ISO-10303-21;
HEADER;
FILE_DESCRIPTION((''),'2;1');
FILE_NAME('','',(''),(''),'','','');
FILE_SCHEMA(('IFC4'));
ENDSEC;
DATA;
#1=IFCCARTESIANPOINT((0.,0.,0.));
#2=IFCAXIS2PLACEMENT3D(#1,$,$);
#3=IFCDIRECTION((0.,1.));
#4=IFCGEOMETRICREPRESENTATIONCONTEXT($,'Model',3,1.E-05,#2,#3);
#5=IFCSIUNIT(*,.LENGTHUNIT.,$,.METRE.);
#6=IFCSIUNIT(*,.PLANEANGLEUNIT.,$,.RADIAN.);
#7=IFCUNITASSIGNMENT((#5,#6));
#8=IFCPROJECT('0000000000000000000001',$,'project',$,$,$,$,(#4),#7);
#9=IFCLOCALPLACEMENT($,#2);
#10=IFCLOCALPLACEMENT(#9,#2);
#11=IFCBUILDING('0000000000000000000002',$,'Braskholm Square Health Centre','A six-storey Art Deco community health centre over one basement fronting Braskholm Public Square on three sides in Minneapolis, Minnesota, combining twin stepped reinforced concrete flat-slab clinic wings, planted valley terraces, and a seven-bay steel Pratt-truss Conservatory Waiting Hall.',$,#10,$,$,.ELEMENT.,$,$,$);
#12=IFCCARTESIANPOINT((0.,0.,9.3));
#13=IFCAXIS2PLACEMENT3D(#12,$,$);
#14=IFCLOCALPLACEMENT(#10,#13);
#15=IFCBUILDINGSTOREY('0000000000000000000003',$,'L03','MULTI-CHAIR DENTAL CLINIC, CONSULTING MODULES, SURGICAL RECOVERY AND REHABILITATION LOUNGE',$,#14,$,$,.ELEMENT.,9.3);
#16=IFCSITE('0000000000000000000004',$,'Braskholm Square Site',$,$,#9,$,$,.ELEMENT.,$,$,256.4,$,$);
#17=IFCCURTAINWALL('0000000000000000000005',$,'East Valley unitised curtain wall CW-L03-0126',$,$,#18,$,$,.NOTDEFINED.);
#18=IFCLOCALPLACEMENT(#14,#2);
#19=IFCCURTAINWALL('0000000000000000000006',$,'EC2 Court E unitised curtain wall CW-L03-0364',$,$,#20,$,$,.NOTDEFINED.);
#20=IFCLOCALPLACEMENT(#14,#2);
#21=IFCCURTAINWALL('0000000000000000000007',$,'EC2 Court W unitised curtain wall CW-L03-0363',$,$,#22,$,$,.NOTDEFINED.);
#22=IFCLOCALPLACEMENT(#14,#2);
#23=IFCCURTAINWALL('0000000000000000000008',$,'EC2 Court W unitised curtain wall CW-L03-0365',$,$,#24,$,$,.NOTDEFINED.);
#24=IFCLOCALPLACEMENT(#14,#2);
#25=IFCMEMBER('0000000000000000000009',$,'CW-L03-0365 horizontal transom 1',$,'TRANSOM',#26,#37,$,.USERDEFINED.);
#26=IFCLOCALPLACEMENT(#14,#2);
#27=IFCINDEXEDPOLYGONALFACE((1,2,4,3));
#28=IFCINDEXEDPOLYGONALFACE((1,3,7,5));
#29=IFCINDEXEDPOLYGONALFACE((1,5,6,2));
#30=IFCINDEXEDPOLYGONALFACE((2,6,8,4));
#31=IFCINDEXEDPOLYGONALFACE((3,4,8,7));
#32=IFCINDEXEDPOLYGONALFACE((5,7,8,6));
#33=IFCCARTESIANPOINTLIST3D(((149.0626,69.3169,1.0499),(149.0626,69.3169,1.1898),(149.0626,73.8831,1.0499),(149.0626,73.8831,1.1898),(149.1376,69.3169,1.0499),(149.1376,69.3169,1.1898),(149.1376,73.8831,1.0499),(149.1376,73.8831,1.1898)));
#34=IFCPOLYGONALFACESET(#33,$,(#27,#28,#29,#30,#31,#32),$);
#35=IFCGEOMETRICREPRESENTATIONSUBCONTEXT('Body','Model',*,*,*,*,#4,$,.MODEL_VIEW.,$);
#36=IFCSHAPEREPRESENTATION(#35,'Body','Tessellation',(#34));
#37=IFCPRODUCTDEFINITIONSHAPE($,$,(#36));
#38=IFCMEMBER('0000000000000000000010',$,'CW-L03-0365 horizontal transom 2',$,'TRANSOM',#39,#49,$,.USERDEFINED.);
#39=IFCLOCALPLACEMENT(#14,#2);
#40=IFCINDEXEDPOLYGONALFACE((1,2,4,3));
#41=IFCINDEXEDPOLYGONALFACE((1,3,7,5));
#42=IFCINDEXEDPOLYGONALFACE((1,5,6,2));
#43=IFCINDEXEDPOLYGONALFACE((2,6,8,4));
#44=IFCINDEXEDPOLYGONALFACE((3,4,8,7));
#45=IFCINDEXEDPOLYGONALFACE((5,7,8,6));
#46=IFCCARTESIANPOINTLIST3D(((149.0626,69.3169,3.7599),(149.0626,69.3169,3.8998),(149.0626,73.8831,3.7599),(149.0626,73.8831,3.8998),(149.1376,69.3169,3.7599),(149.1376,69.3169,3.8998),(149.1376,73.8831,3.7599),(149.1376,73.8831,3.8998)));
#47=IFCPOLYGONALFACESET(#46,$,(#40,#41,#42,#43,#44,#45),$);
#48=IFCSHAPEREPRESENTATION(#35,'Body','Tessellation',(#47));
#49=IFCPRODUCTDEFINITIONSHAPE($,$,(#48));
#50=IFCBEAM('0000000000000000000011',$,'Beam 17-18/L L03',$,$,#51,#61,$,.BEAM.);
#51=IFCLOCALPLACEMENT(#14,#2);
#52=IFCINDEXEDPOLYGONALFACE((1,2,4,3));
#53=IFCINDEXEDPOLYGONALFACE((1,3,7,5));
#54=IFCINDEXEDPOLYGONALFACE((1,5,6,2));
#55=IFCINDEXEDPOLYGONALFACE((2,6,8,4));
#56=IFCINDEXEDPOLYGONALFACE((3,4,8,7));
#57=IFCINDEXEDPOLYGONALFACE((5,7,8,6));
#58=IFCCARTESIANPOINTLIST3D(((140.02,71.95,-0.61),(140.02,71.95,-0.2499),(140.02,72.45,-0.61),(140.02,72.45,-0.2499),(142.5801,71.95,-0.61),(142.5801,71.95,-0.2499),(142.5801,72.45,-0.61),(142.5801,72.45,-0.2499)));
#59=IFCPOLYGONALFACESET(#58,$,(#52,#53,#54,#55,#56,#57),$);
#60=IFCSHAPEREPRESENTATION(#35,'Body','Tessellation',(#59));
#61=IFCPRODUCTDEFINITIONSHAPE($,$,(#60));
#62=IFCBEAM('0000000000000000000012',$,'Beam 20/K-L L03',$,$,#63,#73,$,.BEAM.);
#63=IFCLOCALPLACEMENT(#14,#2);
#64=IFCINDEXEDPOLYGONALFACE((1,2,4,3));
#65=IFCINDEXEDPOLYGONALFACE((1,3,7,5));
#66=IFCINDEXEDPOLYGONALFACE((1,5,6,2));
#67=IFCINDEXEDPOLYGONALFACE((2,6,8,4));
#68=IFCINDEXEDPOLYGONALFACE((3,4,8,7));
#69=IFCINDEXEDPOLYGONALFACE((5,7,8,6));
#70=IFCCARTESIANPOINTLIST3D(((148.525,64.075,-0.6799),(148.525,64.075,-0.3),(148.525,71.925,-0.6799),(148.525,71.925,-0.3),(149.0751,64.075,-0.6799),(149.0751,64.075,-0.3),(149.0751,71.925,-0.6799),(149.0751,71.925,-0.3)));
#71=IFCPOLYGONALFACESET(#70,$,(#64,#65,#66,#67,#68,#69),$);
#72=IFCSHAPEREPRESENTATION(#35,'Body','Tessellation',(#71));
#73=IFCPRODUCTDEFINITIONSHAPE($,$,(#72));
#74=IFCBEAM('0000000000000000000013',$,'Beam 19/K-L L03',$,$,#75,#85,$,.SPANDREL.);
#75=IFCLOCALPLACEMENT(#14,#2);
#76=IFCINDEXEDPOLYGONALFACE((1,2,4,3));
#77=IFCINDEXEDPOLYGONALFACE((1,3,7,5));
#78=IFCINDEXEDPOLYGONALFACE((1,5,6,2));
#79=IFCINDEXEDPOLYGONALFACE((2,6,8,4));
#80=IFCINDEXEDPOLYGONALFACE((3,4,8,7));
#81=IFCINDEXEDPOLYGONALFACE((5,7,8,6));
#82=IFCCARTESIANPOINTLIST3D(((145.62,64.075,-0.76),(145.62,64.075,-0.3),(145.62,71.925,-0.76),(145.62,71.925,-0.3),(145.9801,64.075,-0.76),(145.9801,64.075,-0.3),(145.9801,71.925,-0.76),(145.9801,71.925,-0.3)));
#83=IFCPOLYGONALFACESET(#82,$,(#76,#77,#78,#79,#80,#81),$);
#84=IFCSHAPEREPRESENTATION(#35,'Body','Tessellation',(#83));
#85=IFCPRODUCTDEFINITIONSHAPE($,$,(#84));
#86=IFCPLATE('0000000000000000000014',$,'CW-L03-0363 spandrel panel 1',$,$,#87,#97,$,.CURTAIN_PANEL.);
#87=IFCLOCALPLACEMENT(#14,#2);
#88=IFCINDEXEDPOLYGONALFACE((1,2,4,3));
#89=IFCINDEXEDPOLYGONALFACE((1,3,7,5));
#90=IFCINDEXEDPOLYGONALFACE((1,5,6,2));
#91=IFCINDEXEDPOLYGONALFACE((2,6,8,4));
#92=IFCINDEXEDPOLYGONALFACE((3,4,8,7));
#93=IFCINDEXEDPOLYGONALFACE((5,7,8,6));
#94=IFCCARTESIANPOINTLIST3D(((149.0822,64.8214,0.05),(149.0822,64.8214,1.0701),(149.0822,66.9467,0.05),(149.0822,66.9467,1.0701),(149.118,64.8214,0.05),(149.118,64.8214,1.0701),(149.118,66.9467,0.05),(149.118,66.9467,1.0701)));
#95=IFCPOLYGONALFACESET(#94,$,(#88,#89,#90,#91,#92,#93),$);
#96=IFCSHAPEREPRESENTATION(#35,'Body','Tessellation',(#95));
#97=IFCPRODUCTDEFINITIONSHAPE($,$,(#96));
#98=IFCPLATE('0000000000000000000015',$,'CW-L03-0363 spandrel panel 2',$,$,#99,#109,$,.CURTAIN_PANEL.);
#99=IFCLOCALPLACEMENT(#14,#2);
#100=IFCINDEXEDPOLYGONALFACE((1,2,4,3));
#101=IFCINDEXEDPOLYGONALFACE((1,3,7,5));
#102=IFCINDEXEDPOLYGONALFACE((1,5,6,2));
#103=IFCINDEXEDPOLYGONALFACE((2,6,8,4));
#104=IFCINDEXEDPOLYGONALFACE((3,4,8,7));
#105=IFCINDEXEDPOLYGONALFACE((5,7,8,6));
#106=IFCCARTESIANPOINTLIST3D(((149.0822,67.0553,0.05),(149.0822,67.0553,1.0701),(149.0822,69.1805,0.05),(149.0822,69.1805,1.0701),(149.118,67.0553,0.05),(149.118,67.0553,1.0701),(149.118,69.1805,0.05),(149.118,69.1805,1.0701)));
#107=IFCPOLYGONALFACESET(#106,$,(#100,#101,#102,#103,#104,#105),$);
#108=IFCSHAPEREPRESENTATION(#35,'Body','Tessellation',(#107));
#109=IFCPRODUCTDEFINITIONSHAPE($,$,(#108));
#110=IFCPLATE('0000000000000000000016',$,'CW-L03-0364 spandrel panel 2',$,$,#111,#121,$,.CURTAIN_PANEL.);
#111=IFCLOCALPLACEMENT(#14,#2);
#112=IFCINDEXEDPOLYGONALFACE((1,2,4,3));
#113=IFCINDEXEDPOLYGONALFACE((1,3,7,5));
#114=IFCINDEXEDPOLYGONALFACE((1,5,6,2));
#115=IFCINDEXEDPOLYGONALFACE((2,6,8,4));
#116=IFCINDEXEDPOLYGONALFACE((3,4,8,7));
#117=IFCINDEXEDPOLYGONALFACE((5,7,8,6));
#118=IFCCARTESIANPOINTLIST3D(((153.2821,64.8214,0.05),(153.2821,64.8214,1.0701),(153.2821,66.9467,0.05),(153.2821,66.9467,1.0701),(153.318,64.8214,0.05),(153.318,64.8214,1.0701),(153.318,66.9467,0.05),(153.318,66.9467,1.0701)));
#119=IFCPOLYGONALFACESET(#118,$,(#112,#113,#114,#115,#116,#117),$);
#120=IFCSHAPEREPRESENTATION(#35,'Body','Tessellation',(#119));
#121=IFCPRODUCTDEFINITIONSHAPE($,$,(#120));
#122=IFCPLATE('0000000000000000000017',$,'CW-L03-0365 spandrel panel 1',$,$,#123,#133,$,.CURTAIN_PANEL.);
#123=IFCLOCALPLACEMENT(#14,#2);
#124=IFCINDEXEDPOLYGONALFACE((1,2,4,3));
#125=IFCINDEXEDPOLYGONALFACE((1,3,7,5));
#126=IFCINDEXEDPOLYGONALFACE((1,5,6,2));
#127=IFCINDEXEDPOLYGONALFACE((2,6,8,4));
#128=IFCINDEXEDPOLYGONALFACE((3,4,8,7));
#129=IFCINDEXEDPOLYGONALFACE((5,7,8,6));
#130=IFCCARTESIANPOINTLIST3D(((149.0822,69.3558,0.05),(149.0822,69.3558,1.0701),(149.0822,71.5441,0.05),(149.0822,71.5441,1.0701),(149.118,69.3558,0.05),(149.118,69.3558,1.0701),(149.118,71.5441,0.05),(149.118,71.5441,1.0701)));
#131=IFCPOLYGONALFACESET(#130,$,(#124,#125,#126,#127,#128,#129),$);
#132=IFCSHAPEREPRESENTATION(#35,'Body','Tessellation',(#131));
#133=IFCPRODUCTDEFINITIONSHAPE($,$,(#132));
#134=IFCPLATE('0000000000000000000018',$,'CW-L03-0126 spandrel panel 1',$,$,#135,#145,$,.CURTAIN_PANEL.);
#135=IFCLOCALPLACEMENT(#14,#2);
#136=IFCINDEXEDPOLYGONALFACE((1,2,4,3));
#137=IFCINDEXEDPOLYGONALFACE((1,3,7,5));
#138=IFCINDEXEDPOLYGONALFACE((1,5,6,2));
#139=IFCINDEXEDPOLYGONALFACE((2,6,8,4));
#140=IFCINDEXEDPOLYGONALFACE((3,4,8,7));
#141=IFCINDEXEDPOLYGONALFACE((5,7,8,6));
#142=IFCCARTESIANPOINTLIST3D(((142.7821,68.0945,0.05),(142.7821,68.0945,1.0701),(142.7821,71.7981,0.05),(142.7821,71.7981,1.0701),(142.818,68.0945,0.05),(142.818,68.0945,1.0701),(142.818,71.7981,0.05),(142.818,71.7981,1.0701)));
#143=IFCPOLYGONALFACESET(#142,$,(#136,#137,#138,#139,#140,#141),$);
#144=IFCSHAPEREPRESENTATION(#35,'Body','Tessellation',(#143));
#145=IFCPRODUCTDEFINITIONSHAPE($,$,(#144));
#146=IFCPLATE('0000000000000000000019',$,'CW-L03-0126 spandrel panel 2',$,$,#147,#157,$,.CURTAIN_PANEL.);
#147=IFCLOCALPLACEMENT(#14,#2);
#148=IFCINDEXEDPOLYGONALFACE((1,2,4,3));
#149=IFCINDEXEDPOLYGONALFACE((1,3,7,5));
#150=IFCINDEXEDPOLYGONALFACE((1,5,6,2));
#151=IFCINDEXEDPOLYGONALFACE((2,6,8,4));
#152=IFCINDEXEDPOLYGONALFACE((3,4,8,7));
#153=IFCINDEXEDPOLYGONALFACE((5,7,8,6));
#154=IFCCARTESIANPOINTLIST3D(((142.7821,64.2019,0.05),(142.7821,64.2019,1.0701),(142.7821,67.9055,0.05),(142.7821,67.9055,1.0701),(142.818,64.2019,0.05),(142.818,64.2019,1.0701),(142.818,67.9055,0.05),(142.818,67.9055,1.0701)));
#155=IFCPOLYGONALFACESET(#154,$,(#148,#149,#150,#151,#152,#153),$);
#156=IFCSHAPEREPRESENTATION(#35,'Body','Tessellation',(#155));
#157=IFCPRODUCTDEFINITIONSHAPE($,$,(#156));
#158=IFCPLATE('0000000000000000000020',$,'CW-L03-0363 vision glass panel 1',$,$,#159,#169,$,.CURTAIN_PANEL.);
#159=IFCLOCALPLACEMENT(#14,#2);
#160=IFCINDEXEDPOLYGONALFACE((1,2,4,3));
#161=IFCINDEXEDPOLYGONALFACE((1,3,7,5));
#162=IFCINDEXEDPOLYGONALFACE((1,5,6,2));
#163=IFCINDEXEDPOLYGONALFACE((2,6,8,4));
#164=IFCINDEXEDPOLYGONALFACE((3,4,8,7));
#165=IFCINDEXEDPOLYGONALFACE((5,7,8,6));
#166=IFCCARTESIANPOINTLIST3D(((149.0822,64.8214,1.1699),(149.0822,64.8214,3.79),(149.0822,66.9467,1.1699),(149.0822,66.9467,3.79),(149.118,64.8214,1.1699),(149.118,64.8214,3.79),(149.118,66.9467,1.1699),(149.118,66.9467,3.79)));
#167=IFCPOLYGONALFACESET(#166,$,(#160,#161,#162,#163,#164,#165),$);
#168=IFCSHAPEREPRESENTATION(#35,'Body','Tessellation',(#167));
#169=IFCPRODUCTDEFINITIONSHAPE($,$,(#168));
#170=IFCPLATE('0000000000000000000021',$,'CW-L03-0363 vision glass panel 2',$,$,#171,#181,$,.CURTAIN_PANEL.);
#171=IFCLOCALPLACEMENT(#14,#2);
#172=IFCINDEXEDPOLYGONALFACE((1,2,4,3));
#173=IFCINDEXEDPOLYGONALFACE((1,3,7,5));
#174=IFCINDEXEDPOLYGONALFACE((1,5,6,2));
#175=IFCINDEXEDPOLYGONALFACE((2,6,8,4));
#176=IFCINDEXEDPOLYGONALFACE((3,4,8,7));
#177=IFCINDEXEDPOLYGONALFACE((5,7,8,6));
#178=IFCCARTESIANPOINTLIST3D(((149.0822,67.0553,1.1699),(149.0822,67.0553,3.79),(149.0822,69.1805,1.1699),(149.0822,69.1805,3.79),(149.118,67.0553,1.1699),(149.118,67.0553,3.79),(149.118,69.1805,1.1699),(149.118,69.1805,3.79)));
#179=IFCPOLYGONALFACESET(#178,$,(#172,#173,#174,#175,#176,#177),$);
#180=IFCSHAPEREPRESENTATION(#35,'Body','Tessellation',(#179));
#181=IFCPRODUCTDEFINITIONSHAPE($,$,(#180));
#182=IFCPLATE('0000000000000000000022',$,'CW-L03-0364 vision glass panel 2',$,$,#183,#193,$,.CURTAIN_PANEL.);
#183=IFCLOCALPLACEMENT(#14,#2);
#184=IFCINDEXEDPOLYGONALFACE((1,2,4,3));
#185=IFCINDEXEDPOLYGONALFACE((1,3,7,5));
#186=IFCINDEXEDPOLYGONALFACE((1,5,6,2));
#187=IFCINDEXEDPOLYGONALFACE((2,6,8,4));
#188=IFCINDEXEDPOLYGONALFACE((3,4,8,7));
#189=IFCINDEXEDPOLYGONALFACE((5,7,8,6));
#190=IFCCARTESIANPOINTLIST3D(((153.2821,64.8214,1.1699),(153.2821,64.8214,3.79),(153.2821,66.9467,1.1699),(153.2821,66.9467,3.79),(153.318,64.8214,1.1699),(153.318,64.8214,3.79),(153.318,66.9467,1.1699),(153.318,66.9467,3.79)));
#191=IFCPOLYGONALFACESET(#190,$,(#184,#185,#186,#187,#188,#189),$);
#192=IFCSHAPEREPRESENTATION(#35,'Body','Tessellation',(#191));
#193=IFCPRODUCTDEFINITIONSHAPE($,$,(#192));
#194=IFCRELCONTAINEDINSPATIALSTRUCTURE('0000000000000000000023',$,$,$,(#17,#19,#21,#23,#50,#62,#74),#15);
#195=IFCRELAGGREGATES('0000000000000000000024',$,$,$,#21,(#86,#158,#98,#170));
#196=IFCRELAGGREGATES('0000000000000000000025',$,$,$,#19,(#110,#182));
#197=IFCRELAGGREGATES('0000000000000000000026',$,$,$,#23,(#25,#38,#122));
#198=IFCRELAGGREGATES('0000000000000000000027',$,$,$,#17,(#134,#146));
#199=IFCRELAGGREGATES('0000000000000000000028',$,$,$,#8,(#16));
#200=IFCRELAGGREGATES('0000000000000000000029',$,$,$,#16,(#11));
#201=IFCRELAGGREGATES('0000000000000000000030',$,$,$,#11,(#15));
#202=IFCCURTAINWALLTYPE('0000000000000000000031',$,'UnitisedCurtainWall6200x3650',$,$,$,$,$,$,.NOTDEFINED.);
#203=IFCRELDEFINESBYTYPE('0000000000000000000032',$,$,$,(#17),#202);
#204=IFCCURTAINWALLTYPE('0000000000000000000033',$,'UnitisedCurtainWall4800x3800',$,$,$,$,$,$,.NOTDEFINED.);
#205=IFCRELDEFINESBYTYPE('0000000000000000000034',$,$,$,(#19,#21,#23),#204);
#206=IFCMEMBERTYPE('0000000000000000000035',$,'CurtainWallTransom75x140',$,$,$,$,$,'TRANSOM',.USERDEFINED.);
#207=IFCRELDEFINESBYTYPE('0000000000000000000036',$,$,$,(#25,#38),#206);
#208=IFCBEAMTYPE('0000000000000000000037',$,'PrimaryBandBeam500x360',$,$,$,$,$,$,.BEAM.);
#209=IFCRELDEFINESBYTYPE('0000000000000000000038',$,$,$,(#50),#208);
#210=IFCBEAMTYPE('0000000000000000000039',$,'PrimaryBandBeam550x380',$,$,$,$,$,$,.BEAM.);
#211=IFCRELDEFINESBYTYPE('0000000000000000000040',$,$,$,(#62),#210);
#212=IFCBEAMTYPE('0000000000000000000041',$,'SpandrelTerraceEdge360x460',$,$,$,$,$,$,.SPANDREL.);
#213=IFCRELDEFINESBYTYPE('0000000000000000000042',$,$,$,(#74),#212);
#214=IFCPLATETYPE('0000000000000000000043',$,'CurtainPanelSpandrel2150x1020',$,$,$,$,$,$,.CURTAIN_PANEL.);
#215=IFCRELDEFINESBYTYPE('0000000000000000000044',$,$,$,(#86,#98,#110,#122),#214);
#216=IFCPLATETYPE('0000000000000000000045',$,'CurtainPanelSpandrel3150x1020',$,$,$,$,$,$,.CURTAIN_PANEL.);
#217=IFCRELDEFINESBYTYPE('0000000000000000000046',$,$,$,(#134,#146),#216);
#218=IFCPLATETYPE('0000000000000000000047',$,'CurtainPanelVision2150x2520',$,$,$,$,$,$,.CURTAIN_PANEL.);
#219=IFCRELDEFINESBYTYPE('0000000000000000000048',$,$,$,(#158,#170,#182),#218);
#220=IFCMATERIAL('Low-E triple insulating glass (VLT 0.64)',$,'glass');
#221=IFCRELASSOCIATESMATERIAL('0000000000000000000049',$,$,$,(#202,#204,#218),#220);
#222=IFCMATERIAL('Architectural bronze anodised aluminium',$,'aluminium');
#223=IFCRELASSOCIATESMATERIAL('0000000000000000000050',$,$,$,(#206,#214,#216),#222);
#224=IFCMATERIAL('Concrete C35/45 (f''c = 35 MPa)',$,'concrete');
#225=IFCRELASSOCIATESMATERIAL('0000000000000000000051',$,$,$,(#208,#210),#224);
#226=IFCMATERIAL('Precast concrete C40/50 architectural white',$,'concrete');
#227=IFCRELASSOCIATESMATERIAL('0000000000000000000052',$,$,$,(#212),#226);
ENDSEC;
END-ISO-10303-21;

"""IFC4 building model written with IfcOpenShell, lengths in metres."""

from ifc_helpers import new_model, si_unit, direction, frame, origin, origin_2d, place, context, subcontext, project, spatial, rectangle, extrude, material, material_profile, profile_set, type_object, element, aggregate, save


model = new_model("IFC4")

# Units and contexts
model_context = context("Model", 3, precision=1e-05, world=origin(), true_north=direction((0.0, 1.0)))
body_context = subcontext(model_context, "Body", "Model", "MODEL_VIEW")
ifc_project = project(units=[si_unit("LENGTHUNIT", "METRE"), si_unit("PLANEANGLEUNIT", "RADIAN")], contexts=[model_context])

# Site, building, storey
site_placement = place(None, origin())
site = spatial("IfcSite", under=ifc_project, at=site_placement, Name="Braskholm Square Site", CompositionType="ELEMENT", RefElevation=256.4)
building_placement = place(site_placement, origin())
building = spatial("IfcBuilding", under=site, at=building_placement, Name="Braskholm Square Health Centre", Description="A six-storey Art Deco community health centre over one basement fronting Braskholm Public Square on three sides in Minneapolis, Minnesota, combining twin stepped reinforced concrete flat-slab clinic wings, planted valley terraces, and a seven-bay steel Pratt-truss Conservatory Waiting Hall.", CompositionType="ELEMENT")
storey_placement = place(building_placement, frame((0.0, 0.0, 9.3)))
storey = spatial("IfcBuildingStorey", under=building, at=storey_placement, Name="L03", Description="MULTI-CHAIR DENTAL CLINIC, CONSULTING MODULES, SURGICAL RECOVERY AND REHABILITATION LOUNGE", CompositionType="ELEMENT", Elevation=9.3)

# Curtain walls
ifc_material_1 = material(Name="Low-E triple insulating glass (VLT 0.64)", Category="glass")
curtain_wall_type_1 = type_object("IfcCurtainWallType", Name="UnitisedCurtainWall6200x3650", PredefinedType="NOTDEFINED", material=ifc_material_1)
curtain_wall_1_placement = place(storey_placement, origin())
curtain_wall_1 = element("IfcCurtainWall", 1, at=curtain_wall_1_placement, inside=storey, type_object=curtain_wall_type_1, Name="East Valley unitised curtain wall CW-L03-0126", PredefinedType="NOTDEFINED")
ifc_material_2 = material(Name="Architectural bronze anodised aluminium", Category="aluminium")
curtain_wall_type_2 = type_object("IfcCurtainWallType", Name="UnitisedCurtainWall4800x3800", PredefinedType="NOTDEFINED", material=ifc_material_1)
curtain_wall_2_placement = place(storey_placement, origin())
curtain_wall_2 = element("IfcCurtainWall", 2, at=curtain_wall_2_placement, inside=storey, type_object=curtain_wall_type_2, Name="EC2 Court E unitised curtain wall CW-L03-0364", PredefinedType="NOTDEFINED")
curtain_wall_3_placement = place(storey_placement, origin())
curtain_wall_3 = element("IfcCurtainWall", 3, at=curtain_wall_3_placement, inside=storey, type_object=curtain_wall_type_2, Name="EC2 Court W unitised curtain wall CW-L03-0363", PredefinedType="NOTDEFINED")
curtain_wall_4_placement = place(storey_placement, origin())
curtain_wall_4 = element("IfcCurtainWall", 4, at=curtain_wall_4_placement, inside=storey, type_object=curtain_wall_type_2, Name="EC2 Court W unitised curtain wall CW-L03-0365", PredefinedType="NOTDEFINED")

# Members
ifc_material_profile_1 = material_profile(ifc_material_2, rectangle(XDim=0.075, YDim=0.1399, at=origin_2d()), Name="ALU-75X140")
ifc_profile_set_1 = profile_set([ifc_material_profile_1], Name="Architectural bronze anodised aluminium")
member_type_1 = type_object("IfcMemberType", Name="CurtainWallTransom75x140", ElementType="TRANSOM", PredefinedType="USERDEFINED", material=ifc_profile_set_1)
member_1_placement = place(storey_placement, frame((149.1001, 69.3169, 1.1199), z_axis=(0.0, 1.0, 0.0), x_axis=(-1.0, 0.0, 0.0)))
member_1 = element("IfcMember", 5, at=member_1_placement, type_object=member_type_1, Name="CW-L03-0365 horizontal transom 1", ObjectType="TRANSOM", PredefinedType="USERDEFINED", context=body_context, shape_type="SweptSolid", body=[
    extrude(rectangle(XDim=0.075, YDim=0.1399, at=origin_2d()), origin(), (0.0, 0.0, 1.0), 4.5662),
])
member_2_placement = place(storey_placement, frame((149.1001, 69.3169, 3.8298), z_axis=(0.0, 1.0, 0.0), x_axis=(-1.0, 0.0, 0.0)))
member_2 = element("IfcMember", 6, at=member_2_placement, type_object=member_type_1, Name="CW-L03-0365 horizontal transom 2", ObjectType="TRANSOM", PredefinedType="USERDEFINED", context=body_context, shape_type="SweptSolid", body=[
    extrude(rectangle(XDim=0.075, YDim=0.1399, at=origin_2d()), origin(), (0.0, 0.0, 1.0), 4.5662),
])

# Beams
ifc_material_3 = material(Name="Concrete C35/45 (f'c = 35 MPa)", Category="concrete")
ifc_material_profile_2 = material_profile(ifc_material_3, rectangle(XDim=0.5, YDim=0.3601, at=origin_2d()), Name="RCB-500X360")
ifc_profile_set_2 = profile_set([ifc_material_profile_2], Name="Concrete C35/45 (f'c = 35 MPa)")
beam_type_1 = type_object("IfcBeamType", Name="PrimaryBandBeam500x360", PredefinedType="BEAM", material=ifc_profile_set_2)
beam_1_placement = place(storey_placement, frame((140.02, 72.2, -0.4299), z_axis=(1.0, 0.0, 0.0), x_axis=(0.0, 1.0, 0.0)))
element("IfcBeam", 7, at=beam_1_placement, inside=storey, type_object=beam_type_1, Name="Beam 17-18/L L03", PredefinedType="BEAM", context=body_context, shape_type="SweptSolid", body=[
    extrude(rectangle(XDim=0.5, YDim=0.3601, at=origin_2d()), origin(), (0.0, 0.0, 1.0), 2.5601),
])
ifc_material_profile_3 = material_profile(ifc_material_3, rectangle(XDim=0.55, YDim=0.3799, at=origin_2d()), Name="RCB-550X380")
ifc_profile_set_3 = profile_set([ifc_material_profile_3], Name="Concrete C35/45 (f'c = 35 MPa)")
beam_type_2 = type_object("IfcBeamType", Name="PrimaryBandBeam550x380", PredefinedType="BEAM", material=ifc_profile_set_3)
beam_2_placement = place(storey_placement, frame((148.8, 64.075, -0.49), z_axis=(0.0, 1.0, 0.0), x_axis=(-1.0, 0.0, 0.0)))
element("IfcBeam", 8, at=beam_2_placement, inside=storey, type_object=beam_type_2, Name="Beam 20/K-L L03", PredefinedType="BEAM", context=body_context, shape_type="SweptSolid", body=[
    extrude(rectangle(XDim=0.55, YDim=0.3799, at=origin_2d()), origin(), (0.0, 0.0, 1.0), 7.8501),
])
ifc_material_4 = material(Name="Precast concrete C40/50 architectural white", Category="concrete")
ifc_material_profile_4 = material_profile(ifc_material_4, rectangle(XDim=0.3601, YDim=0.46, at=origin_2d()), Name="RCB-360X460")
ifc_profile_set_4 = profile_set([ifc_material_profile_4], Name="Precast concrete C40/50 architectural white")
beam_type_3 = type_object("IfcBeamType", Name="SpandrelTerraceEdge360x460", PredefinedType="SPANDREL", material=ifc_profile_set_4)
beam_3_placement = place(storey_placement, frame((145.8, 64.075, -0.53), z_axis=(0.0, 1.0, 0.0), x_axis=(-1.0, 0.0, 0.0)))
element("IfcBeam", 9, at=beam_3_placement, inside=storey, type_object=beam_type_3, Name="Beam 19/K-L L03", PredefinedType="SPANDREL", context=body_context, shape_type="SweptSolid", body=[
    extrude(rectangle(XDim=0.3601, YDim=0.46, at=origin_2d()), origin(), (0.0, 0.0, 1.0), 7.8501),
])

# Plates
plate_type_1 = type_object("IfcPlateType", Name="CurtainPanelSpandrel2150x1020", PredefinedType="CURTAIN_PANEL", material=ifc_material_2)
plate_1_placement = place(storey_placement, frame((149.1001, 65.884, 0.05), z_axis=(0.0, 0.0, 1.0), x_axis=(0.0, 1.0, 0.0)))
plate_1 = element("IfcPlate", 10, at=plate_1_placement, type_object=plate_type_1, Name="CW-L03-0363 spandrel panel 1", PredefinedType="CURTAIN_PANEL", context=body_context, shape_type="SweptSolid", body=[
    extrude(rectangle(XDim=2.1252, YDim=0.0359, at=origin_2d()), origin(), (0.0, 0.0, 1.0), 1.02),
])
plate_2_placement = place(storey_placement, frame((149.1001, 68.1179, 0.05), z_axis=(0.0, 0.0, 1.0), x_axis=(0.0, 1.0, 0.0)))
plate_2 = element("IfcPlate", 11, at=plate_2_placement, type_object=plate_type_1, Name="CW-L03-0363 spandrel panel 2", PredefinedType="CURTAIN_PANEL", context=body_context, shape_type="SweptSolid", body=[
    extrude(rectangle(XDim=2.1252, YDim=0.0359, at=origin_2d()), origin(), (0.0, 0.0, 1.0), 1.02),
])
plate_3_placement = place(storey_placement, frame((153.3, 65.884, 0.05), z_axis=(0.0, 0.0, 1.0), x_axis=(0.0, -1.0, 0.0)))
plate_3 = element("IfcPlate", 12, at=plate_3_placement, type_object=plate_type_1, Name="CW-L03-0364 spandrel panel 2", PredefinedType="CURTAIN_PANEL", context=body_context, shape_type="SweptSolid", body=[
    extrude(rectangle(XDim=2.1252, YDim=0.0359, at=origin_2d()), origin(), (0.0, 0.0, 1.0), 1.02),
])
plate_4_placement = place(storey_placement, frame((149.1001, 70.45, 0.05), z_axis=(0.0, 0.0, 1.0), x_axis=(0.0, 1.0, 0.0)))
plate_4 = element("IfcPlate", 13, at=plate_4_placement, type_object=plate_type_1, Name="CW-L03-0365 spandrel panel 1", PredefinedType="CURTAIN_PANEL", context=body_context, shape_type="SweptSolid", body=[
    extrude(rectangle(XDim=2.1882, YDim=0.0359, at=origin_2d()), origin(), (0.0, 0.0, 1.0), 1.02),
])
plate_type_2 = type_object("IfcPlateType", Name="CurtainPanelSpandrel3150x1020", PredefinedType="CURTAIN_PANEL", material=ifc_material_2)
plate_5_placement = place(storey_placement, frame((142.8, 69.9463, 0.05), z_axis=(0.0, 0.0, 1.0), x_axis=(0.0, -1.0, 0.0)))
plate_5 = element("IfcPlate", 14, at=plate_5_placement, type_object=plate_type_2, Name="CW-L03-0126 spandrel panel 1", PredefinedType="CURTAIN_PANEL", context=body_context, shape_type="SweptSolid", body=[
    extrude(rectangle(XDim=3.7036, YDim=0.0359, at=origin_2d()), origin(), (0.0, 0.0, 1.0), 1.02),
])
plate_6_placement = place(storey_placement, frame((142.8, 66.0537, 0.05), z_axis=(0.0, 0.0, 1.0), x_axis=(0.0, -1.0, 0.0)))
plate_6 = element("IfcPlate", 15, at=plate_6_placement, type_object=plate_type_2, Name="CW-L03-0126 spandrel panel 2", PredefinedType="CURTAIN_PANEL", context=body_context, shape_type="SweptSolid", body=[
    extrude(rectangle(XDim=3.7036, YDim=0.0359, at=origin_2d()), origin(), (0.0, 0.0, 1.0), 1.02),
])
plate_type_3 = type_object("IfcPlateType", Name="CurtainPanelVision2150x2520", PredefinedType="CURTAIN_PANEL", material=ifc_material_1)
plate_7_placement = place(storey_placement, frame((149.1001, 65.884, 1.1699), z_axis=(0.0, 0.0, 1.0), x_axis=(0.0, 1.0, 0.0)))
plate_7 = element("IfcPlate", 16, at=plate_7_placement, type_object=plate_type_3, Name="CW-L03-0363 vision glass panel 1", PredefinedType="CURTAIN_PANEL", context=body_context, shape_type="SweptSolid", body=[
    extrude(rectangle(XDim=2.1252, YDim=0.0359, at=origin_2d()), origin(), (0.0, 0.0, 1.0), 2.6201),
])
plate_8_placement = place(storey_placement, frame((149.1001, 68.1179, 1.1699), z_axis=(0.0, 0.0, 1.0), x_axis=(0.0, 1.0, 0.0)))
plate_8 = element("IfcPlate", 17, at=plate_8_placement, type_object=plate_type_3, Name="CW-L03-0363 vision glass panel 2", PredefinedType="CURTAIN_PANEL", context=body_context, shape_type="SweptSolid", body=[
    extrude(rectangle(XDim=2.1252, YDim=0.0359, at=origin_2d()), origin(), (0.0, 0.0, 1.0), 2.6201),
])
aggregate(curtain_wall_3, [plate_1, plate_7, plate_2, plate_8])
plate_9_placement = place(storey_placement, frame((153.3, 65.884, 1.1699), z_axis=(0.0, 0.0, 1.0), x_axis=(0.0, -1.0, 0.0)))
plate_9 = element("IfcPlate", 18, at=plate_9_placement, type_object=plate_type_3, Name="CW-L03-0364 vision glass panel 2", PredefinedType="CURTAIN_PANEL", context=body_context, shape_type="SweptSolid", body=[
    extrude(rectangle(XDim=2.1252, YDim=0.0359, at=origin_2d()), origin(), (0.0, 0.0, 1.0), 2.6201),
])
aggregate(curtain_wall_2, [plate_3, plate_9])
aggregate(curtain_wall_4, [member_1, member_2, plate_4])
aggregate(curtain_wall_1, [plate_5, plate_6])

save(model, "model.ifc")
